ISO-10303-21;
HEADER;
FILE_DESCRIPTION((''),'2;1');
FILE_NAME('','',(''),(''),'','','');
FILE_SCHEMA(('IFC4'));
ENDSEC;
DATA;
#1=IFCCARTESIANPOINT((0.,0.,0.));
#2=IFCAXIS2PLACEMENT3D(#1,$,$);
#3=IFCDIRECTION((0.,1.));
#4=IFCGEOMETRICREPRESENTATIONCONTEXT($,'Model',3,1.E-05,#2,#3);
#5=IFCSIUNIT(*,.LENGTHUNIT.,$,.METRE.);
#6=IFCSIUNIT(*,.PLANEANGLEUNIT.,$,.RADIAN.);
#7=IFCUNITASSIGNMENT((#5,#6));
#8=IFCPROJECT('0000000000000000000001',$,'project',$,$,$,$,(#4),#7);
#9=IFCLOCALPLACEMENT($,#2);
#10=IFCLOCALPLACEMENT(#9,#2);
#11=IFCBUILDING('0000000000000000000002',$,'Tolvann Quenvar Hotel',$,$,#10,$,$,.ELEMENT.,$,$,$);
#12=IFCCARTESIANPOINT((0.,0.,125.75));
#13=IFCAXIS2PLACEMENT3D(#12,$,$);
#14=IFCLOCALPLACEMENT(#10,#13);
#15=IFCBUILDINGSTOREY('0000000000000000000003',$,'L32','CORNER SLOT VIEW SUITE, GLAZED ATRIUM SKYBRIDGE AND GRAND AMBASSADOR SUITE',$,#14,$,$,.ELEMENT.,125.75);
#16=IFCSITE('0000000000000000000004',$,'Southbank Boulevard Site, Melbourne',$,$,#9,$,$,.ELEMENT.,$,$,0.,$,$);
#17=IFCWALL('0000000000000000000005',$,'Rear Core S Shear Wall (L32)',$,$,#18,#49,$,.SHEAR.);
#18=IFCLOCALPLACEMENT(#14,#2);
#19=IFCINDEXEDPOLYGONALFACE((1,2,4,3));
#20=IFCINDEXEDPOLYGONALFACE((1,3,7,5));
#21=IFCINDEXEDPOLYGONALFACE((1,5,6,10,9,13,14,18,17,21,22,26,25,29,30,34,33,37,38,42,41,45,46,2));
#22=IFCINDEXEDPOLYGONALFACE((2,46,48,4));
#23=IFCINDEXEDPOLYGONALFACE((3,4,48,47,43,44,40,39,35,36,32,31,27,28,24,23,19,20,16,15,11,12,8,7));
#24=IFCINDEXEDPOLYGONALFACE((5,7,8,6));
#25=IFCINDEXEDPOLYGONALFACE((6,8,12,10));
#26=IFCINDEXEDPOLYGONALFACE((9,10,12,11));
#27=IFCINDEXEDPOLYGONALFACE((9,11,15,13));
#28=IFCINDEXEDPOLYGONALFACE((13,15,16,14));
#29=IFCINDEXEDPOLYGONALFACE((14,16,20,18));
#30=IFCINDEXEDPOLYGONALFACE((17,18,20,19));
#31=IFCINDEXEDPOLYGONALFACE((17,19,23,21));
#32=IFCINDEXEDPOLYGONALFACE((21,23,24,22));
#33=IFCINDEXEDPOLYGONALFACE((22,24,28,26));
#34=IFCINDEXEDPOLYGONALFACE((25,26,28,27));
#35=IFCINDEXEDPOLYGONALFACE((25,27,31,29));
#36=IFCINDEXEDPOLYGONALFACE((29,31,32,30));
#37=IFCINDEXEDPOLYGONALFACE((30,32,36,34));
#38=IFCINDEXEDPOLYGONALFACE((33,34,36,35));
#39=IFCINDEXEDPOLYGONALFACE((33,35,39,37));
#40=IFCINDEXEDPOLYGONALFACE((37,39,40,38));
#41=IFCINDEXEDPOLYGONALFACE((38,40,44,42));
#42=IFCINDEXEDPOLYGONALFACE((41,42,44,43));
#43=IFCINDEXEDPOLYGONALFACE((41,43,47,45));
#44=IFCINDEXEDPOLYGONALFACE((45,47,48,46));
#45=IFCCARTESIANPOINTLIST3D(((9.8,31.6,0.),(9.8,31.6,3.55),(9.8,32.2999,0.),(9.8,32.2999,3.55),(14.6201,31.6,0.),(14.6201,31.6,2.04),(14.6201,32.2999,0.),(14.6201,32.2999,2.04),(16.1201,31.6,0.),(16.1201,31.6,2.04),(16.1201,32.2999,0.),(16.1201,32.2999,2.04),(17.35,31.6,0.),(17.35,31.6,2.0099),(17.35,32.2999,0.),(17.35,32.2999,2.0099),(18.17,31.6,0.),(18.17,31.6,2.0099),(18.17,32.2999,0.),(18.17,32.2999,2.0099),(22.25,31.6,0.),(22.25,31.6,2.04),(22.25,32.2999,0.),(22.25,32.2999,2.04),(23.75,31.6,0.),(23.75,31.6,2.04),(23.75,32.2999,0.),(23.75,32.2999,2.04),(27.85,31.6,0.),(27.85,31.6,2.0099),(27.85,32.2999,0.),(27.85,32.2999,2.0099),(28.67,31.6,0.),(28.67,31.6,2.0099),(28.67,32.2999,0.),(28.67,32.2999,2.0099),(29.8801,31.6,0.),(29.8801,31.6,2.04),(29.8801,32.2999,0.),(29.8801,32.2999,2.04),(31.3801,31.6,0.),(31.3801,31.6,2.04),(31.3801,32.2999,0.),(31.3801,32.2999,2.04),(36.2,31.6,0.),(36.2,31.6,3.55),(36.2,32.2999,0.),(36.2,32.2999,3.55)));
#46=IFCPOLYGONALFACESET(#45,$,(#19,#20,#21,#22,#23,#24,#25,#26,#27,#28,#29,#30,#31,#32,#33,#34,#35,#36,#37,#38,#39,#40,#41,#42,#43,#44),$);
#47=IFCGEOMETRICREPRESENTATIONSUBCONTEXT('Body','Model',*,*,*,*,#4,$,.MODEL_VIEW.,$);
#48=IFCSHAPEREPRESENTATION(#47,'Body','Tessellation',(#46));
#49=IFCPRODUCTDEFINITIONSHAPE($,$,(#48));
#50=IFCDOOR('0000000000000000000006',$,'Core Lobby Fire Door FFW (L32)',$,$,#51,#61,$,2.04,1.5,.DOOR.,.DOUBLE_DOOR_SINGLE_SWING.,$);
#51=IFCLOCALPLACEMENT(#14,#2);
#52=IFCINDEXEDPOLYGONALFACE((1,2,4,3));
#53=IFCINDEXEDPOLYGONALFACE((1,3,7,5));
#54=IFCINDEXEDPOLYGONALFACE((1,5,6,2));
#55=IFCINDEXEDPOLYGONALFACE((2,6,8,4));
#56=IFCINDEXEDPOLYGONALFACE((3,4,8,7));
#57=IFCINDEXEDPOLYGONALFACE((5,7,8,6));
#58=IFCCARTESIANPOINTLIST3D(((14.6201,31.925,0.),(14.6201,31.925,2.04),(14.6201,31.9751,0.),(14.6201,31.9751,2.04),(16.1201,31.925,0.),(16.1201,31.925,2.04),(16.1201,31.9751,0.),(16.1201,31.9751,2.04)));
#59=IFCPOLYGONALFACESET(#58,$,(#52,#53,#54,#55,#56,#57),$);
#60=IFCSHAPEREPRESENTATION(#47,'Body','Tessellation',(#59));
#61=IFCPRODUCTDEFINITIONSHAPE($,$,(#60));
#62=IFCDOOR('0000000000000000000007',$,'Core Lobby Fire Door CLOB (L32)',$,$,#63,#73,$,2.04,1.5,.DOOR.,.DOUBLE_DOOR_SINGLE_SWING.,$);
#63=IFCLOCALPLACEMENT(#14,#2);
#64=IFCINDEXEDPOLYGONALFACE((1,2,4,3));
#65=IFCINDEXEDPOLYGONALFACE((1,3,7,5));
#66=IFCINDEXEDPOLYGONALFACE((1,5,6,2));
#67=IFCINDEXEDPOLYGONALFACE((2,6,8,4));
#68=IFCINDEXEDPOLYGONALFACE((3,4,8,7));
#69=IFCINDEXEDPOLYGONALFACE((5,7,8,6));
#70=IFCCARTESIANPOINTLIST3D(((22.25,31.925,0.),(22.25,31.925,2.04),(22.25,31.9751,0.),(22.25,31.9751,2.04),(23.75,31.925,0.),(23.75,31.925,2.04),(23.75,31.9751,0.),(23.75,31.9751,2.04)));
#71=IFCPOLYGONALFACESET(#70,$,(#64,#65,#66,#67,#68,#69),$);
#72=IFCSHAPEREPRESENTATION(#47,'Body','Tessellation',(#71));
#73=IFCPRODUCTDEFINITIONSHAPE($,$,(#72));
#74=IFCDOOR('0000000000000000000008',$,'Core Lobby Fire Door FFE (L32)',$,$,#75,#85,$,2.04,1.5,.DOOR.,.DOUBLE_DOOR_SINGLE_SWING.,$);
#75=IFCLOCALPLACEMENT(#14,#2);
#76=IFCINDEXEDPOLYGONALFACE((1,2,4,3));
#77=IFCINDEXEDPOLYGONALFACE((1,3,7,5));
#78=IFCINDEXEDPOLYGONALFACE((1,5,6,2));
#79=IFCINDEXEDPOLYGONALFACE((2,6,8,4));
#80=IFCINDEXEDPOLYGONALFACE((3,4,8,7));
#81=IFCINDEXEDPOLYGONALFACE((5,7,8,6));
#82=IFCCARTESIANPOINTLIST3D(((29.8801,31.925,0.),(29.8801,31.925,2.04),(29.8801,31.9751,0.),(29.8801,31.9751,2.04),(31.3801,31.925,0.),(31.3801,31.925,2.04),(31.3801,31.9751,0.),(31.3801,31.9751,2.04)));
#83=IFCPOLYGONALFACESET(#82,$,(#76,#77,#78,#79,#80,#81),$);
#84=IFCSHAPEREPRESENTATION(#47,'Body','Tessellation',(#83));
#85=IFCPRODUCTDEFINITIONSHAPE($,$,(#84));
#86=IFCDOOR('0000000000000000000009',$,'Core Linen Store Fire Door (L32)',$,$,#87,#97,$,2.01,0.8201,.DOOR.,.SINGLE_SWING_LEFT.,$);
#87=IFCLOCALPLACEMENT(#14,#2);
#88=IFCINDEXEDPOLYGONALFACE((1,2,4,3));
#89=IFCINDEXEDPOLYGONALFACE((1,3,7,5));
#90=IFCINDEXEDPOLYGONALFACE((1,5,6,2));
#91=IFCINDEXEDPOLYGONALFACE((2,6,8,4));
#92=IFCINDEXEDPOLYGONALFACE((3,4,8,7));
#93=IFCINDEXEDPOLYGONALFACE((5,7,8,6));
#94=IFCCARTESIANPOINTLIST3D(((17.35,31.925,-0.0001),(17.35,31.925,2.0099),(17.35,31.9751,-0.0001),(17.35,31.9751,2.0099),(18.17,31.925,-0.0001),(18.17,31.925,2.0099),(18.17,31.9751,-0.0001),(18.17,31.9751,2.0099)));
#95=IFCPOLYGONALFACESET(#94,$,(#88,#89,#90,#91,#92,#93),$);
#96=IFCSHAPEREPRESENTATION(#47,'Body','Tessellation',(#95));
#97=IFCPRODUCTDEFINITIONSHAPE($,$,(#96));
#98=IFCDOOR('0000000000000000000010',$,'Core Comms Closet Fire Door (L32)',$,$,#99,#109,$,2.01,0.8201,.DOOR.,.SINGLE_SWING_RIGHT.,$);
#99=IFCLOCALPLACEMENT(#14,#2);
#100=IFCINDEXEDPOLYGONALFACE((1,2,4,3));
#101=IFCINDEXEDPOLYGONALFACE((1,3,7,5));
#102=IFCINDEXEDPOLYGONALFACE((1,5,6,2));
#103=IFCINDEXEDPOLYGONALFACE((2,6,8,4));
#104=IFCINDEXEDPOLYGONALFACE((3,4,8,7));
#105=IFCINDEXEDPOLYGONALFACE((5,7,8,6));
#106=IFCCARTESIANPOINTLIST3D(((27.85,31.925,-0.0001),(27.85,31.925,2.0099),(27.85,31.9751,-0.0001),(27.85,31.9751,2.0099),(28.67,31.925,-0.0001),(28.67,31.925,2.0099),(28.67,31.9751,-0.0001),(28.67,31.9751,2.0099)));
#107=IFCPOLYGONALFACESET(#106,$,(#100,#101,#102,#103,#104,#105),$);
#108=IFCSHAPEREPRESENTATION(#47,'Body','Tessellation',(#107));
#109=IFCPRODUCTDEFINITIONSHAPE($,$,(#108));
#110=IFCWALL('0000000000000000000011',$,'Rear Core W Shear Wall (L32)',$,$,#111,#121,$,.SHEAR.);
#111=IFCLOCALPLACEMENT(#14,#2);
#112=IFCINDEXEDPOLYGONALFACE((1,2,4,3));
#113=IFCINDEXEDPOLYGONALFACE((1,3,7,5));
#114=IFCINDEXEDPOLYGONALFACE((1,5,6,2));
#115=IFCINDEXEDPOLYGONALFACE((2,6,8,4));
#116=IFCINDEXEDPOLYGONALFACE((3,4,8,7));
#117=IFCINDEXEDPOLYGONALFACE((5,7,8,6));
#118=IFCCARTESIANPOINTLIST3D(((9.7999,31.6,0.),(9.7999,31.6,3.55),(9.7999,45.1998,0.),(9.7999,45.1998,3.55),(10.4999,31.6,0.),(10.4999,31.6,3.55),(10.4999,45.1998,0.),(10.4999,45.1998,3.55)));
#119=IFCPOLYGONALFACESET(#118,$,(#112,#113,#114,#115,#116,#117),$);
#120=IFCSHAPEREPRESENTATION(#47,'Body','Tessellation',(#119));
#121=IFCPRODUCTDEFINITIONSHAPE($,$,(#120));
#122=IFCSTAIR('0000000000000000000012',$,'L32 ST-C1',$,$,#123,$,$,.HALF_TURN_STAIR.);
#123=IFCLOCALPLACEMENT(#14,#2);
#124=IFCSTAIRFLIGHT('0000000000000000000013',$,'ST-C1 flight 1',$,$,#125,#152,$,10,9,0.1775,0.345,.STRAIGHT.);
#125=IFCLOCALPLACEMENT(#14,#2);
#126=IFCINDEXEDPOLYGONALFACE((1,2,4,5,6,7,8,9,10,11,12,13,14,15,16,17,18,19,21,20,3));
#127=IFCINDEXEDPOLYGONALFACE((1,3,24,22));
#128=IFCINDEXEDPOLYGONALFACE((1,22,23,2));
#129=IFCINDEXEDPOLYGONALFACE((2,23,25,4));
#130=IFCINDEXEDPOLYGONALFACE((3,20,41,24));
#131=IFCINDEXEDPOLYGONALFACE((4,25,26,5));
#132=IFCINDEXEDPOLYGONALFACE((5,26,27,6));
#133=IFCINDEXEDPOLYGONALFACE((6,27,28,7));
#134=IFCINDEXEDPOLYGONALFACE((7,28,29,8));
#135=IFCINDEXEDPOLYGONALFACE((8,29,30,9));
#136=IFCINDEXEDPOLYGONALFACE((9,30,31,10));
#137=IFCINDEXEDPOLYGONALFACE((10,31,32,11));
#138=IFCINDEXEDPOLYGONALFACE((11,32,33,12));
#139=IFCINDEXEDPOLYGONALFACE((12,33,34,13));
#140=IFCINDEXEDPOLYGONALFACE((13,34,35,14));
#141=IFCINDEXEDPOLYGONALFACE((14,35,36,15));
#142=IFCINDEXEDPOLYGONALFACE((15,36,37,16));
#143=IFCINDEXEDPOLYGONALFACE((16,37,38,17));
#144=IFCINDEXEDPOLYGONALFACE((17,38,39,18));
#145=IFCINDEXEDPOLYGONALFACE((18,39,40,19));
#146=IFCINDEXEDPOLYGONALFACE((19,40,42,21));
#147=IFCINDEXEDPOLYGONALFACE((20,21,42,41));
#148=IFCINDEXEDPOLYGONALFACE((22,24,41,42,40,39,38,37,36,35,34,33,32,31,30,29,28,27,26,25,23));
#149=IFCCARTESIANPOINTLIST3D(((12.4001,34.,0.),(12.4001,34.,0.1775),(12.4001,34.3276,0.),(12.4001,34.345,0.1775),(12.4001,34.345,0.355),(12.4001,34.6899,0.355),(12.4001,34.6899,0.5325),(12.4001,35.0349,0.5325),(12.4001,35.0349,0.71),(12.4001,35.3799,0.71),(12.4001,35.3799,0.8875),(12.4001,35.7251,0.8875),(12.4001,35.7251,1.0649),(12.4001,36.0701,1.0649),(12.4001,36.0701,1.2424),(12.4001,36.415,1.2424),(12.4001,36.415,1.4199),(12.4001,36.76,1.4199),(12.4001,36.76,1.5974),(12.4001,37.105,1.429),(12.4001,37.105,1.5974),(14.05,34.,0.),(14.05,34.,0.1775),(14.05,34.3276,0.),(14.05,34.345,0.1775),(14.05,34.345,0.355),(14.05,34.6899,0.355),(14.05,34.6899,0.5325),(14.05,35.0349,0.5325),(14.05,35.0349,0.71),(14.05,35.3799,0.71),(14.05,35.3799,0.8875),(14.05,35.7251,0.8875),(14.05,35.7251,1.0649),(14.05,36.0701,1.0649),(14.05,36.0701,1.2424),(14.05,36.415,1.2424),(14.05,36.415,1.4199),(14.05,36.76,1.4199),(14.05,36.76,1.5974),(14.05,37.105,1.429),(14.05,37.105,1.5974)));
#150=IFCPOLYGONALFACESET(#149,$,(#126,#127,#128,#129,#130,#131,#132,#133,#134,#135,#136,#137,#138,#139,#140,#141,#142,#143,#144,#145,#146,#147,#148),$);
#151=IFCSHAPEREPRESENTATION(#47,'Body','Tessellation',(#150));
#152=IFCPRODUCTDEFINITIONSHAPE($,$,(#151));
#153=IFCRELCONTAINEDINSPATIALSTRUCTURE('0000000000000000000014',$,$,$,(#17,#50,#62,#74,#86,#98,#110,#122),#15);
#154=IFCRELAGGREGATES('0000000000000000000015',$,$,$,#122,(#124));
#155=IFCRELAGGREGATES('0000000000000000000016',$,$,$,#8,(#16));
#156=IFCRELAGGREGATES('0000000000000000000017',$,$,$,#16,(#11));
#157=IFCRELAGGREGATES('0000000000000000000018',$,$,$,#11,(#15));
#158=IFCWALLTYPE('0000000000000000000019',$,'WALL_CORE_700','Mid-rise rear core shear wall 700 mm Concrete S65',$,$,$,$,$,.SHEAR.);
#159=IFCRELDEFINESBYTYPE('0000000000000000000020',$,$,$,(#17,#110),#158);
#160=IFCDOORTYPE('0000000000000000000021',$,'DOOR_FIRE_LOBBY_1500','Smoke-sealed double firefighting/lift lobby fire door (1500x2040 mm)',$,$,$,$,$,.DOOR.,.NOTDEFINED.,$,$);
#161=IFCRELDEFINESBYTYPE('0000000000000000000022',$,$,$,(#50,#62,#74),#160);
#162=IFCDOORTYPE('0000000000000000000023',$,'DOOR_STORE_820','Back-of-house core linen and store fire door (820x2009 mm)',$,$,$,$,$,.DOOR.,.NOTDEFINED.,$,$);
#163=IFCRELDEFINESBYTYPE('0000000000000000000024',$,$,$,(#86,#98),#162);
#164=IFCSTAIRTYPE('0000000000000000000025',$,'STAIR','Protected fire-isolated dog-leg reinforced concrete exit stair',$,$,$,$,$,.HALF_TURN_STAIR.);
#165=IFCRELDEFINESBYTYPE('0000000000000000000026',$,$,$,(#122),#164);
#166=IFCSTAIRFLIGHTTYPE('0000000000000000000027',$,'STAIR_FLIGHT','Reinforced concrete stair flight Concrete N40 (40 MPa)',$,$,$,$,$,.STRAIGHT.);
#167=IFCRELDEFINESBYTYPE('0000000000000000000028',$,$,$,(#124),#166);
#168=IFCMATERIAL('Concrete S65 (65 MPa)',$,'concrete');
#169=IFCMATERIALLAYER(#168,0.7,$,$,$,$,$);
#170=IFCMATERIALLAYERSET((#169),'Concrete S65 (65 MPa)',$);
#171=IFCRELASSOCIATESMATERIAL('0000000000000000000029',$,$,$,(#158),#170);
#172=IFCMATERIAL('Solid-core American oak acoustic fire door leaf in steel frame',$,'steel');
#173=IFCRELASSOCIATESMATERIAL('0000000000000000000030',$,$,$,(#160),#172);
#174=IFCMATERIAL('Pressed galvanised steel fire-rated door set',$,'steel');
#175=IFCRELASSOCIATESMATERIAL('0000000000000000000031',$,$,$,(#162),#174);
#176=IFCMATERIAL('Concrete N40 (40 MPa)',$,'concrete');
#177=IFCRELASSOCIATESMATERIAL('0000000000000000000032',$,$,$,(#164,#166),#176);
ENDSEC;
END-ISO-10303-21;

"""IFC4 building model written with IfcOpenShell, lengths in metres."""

from ifc_helpers import new_model, si_unit, direction, frame, frame_2d, origin, place, context, subcontext, project, spatial, polyline, rectangle, outline, extrude, source, transform, mapped, material, layer, layer_set, type_object, type_shapes, element, fill, aggregate, save


model = new_model("IFC4")

# Units and contexts
model_context = context("Model", 3, precision=1e-05, world=origin(), true_north=direction((0.0, 1.0)))
body_context = subcontext(model_context, "Body", "Model", "MODEL_VIEW")
ifc_project = project(units=[si_unit("LENGTHUNIT", "METRE"), si_unit("PLANEANGLEUNIT", "RADIAN")], contexts=[model_context])

# Site, building, storey
site_placement = place(None, origin())
site = spatial("IfcSite", under=ifc_project, at=site_placement, Name="Southbank Boulevard Site, Melbourne", CompositionType="ELEMENT", RefElevation=0.0)
building_placement = place(site_placement, origin())
building = spatial("IfcBuilding", under=site, at=building_placement, Name="Tolvann Quenvar Hotel", CompositionType="ELEMENT")
storey_placement = place(building_placement, frame((0.0, 0.0, 125.75)))
storey = spatial("IfcBuildingStorey", under=building, at=storey_placement, Name="L32", Description="CORNER SLOT VIEW SUITE, GLAZED ATRIUM SKYBRIDGE AND GRAND AMBASSADOR SUITE", CompositionType="ELEMENT", Elevation=125.75)

# Shared definitions
ifc_material_1 = material(Name="Concrete S65 (65 MPa)", Category="concrete")

# Wall, openings, doors
ifc_layer = layer(ifc_material_1, 0.7)
ifc_layer_set = layer_set([ifc_layer], Name="Concrete S65 (65 MPa)")
wall_type = type_object("IfcWallType", Name="WALL_CORE_700", Description="Mid-rise rear core shear wall 700 mm Concrete S65", PredefinedType="SHEAR", material=ifc_layer_set)
wall_1_placement = place(storey_placement, frame((9.8, 31.95, 0.0), z_axis=(0.0, 0.0, 1.0), x_axis=(1.0, 0.0, 0.0)))
wall_1 = element("IfcWall", 1, at=wall_1_placement, inside=storey, type_object=wall_type, Name="Rear Core S Shear Wall (L32)", PredefinedType="SHEAR", context=body_context, shape_type="SweptSolid", body=[
    extrude(rectangle(XDim=26.3999, YDim=0.7, at=frame_2d((13.2, 0.0))), origin(), (0.0, 0.0, 1.0), 3.55),
])
opening_1_placement = place(wall_1_placement, frame((6.3201, 0.0, 0.0), z_axis=(0.0, 0.0, 1.0), x_axis=(-1.0, 0.0, 0.0)))
opening_1 = element("IfcOpeningElement", 2, at=opening_1_placement, cuts=wall_1, PredefinedType="OPENING", context=body_context, shape_type="SweptSolid", body=[
    extrude(rectangle(XDim=1.5, YDim=2.04, at=frame_2d((0.75, 1.02))), frame((0.0, 0.3599, 0.0), z_axis=(0.0, -1.0, 0.0), x_axis=(1.0, 0.0, 0.0)), (0.0, 0.0, 1.0), 0.72),
])
opening_2_placement = place(wall_1_placement, frame((13.95, 0.0, 0.0), z_axis=(0.0, 0.0, 1.0), x_axis=(-1.0, 0.0, 0.0)))
opening_2 = element("IfcOpeningElement", 3, at=opening_2_placement, cuts=wall_1, PredefinedType="OPENING", context=body_context, shape_type="SweptSolid", body=[
    extrude(rectangle(XDim=1.5, YDim=2.04, at=frame_2d((0.75, 1.02))), frame((0.0, 0.3599, 0.0), z_axis=(0.0, -1.0, 0.0), x_axis=(1.0, 0.0, 0.0)), (0.0, 0.0, 1.0), 0.72),
])
opening_3_placement = place(wall_1_placement, frame((21.5801, 0.0, 0.0), z_axis=(0.0, 0.0, 1.0), x_axis=(-1.0, 0.0, 0.0)))
opening_3 = element("IfcOpeningElement", 4, at=opening_3_placement, cuts=wall_1, PredefinedType="OPENING", context=body_context, shape_type="SweptSolid", body=[
    extrude(rectangle(XDim=1.5, YDim=2.04, at=frame_2d((0.75, 1.02))), frame((0.0, 0.3599, 0.0), z_axis=(0.0, -1.0, 0.0), x_axis=(1.0, 0.0, 0.0)), (0.0, 0.0, 1.0), 0.72),
])
opening_4_placement = place(wall_1_placement, frame((8.3701, 0.0, 0.0), z_axis=(0.0, 0.0, 1.0), x_axis=(-1.0, 0.0, 0.0)))
opening_4 = element("IfcOpeningElement", 5, at=opening_4_placement, cuts=wall_1, PredefinedType="OPENING", context=body_context, shape_type="SweptSolid", body=[
    extrude(rectangle(XDim=0.8201, YDim=2.01, at=frame_2d((0.4102, 1.0049))), frame((0.0, 0.3599, 0.0), z_axis=(0.0, -1.0, 0.0), x_axis=(1.0, 0.0, 0.0)), (0.0, 0.0, 1.0), 0.72),
])
opening_5_placement = place(wall_1_placement, frame((18.8701, 0.0, 0.0), z_axis=(0.0, 0.0, 1.0), x_axis=(-1.0, 0.0, 0.0)))
opening_5 = element("IfcOpeningElement", 6, at=opening_5_placement, cuts=wall_1, PredefinedType="OPENING", context=body_context, shape_type="SweptSolid", body=[
    extrude(rectangle(XDim=0.8201, YDim=2.01, at=frame_2d((0.4102, 1.0049))), frame((0.0, 0.3599, 0.0), z_axis=(0.0, -1.0, 0.0), x_axis=(1.0, 0.0, 0.0)), (0.0, 0.0, 1.0), 0.72),
])
ifc_material_2 = material(Name="Solid-core American oak acoustic fire door leaf in steel frame", Category="steel")
door_type_1 = type_object("IfcDoorType", Name="DOOR_FIRE_LOBBY_1500", Description="Smoke-sealed double firefighting/lift lobby fire door (1500x2040 mm)", OperationType="NOTDEFINED", PredefinedType="DOOR", material=ifc_material_2)
shared_shape_1 = source(origin(), body_context, "Body", "SweptSolid", [
    extrude(rectangle(XDim=1.5, YDim=2.04, at=frame_2d((0.75, 1.02))), frame((0.0, 0.0249, 0.0), z_axis=(0.0, -1.0, 0.0), x_axis=(1.0, 0.0, 0.0)), (0.0, 0.0, 1.0), 0.05),
])
type_shapes(door_type_1, [shared_shape_1])
door_1_placement = place(opening_1_placement, origin())
door_1 = element("IfcDoor", 7, at=door_1_placement, inside=storey, type_object=door_type_1, Name="Core Lobby Fire Door FFW (L32)", OperationType="DOUBLE_DOOR_SINGLE_SWING", OverallHeight=2.04, OverallWidth=1.5, PredefinedType="DOOR", context=body_context, shape_type="MappedRepresentation", body=[
    mapped(shared_shape_1, transform((0.0, 0.0, 0.0), x_axis=(1.0, 0.0, 0.0), y_axis=(0.0, 1.0, 0.0), z_axis=(0.0, 0.0, 1.0), scale=1.0)),
])
fill(opening_1, door_1)
door_2_placement = place(opening_2_placement, origin())
door_2 = element("IfcDoor", 8, at=door_2_placement, inside=storey, type_object=door_type_1, Name="Core Lobby Fire Door CLOB (L32)", OperationType="DOUBLE_DOOR_SINGLE_SWING", OverallHeight=2.04, OverallWidth=1.5, PredefinedType="DOOR", context=body_context, shape_type="MappedRepresentation", body=[
    mapped(shared_shape_1, transform((0.0, 0.0, 0.0), x_axis=(1.0, 0.0, 0.0), y_axis=(0.0, 1.0, 0.0), z_axis=(0.0, 0.0, 1.0), scale=1.0)),
])
fill(opening_2, door_2)
door_3_placement = place(opening_3_placement, origin())
door_3 = element("IfcDoor", 9, at=door_3_placement, inside=storey, type_object=door_type_1, Name="Core Lobby Fire Door FFE (L32)", OperationType="DOUBLE_DOOR_SINGLE_SWING", OverallHeight=2.04, OverallWidth=1.5, PredefinedType="DOOR", context=body_context, shape_type="MappedRepresentation", body=[
    mapped(shared_shape_1, transform((0.0, 0.0, 0.0), x_axis=(1.0, 0.0, 0.0), y_axis=(0.0, 1.0, 0.0), z_axis=(0.0, 0.0, 1.0), scale=1.0)),
])
fill(opening_3, door_3)
ifc_material_3 = material(Name="Pressed galvanised steel fire-rated door set", Category="steel")
door_type_2 = type_object("IfcDoorType", Name="DOOR_STORE_820", Description="Back-of-house core linen and store fire door (820x2009 mm)", OperationType="NOTDEFINED", PredefinedType="DOOR", material=ifc_material_3)
shared_shape_2 = source(origin(), body_context, "Body", "SweptSolid", [
    extrude(rectangle(XDim=0.8201, YDim=2.01, at=frame_2d((0.4102, 1.0049))), frame((0.0, 0.0249, 0.0), z_axis=(0.0, -1.0, 0.0), x_axis=(1.0, 0.0, 0.0)), (0.0, 0.0, 1.0), 0.05),
])
type_shapes(door_type_2, [shared_shape_2])
door_4_placement = place(opening_4_placement, origin())
door_4 = element("IfcDoor", 10, at=door_4_placement, inside=storey, type_object=door_type_2, Name="Core Linen Store Fire Door (L32)", OperationType="SINGLE_SWING_LEFT", OverallHeight=2.01, OverallWidth=0.8201, PredefinedType="DOOR", context=body_context, shape_type="MappedRepresentation", body=[
    mapped(shared_shape_2, transform((0.0, 0.0, 0.0), x_axis=(1.0, 0.0, 0.0), y_axis=(0.0, 1.0, 0.0), z_axis=(0.0, 0.0, 1.0), scale=1.0)),
])
fill(opening_4, door_4)
door_5_placement = place(opening_5_placement, origin())
door_5 = element("IfcDoor", 11, at=door_5_placement, inside=storey, type_object=door_type_2, Name="Core Comms Closet Fire Door (L32)", OperationType="SINGLE_SWING_RIGHT", OverallHeight=2.01, OverallWidth=0.8201, PredefinedType="DOOR", context=body_context, shape_type="MappedRepresentation", body=[
    mapped(shared_shape_2, transform((0.0, 0.0, 0.0), x_axis=(1.0, 0.0, 0.0), y_axis=(0.0, 1.0, 0.0), z_axis=(0.0, 0.0, 1.0), scale=1.0)),
])
fill(opening_5, door_5)

# Wall
wall_2_placement = place(storey_placement, frame((10.1499, 31.6001, 0.0), z_axis=(0.0, 0.0, 1.0), x_axis=(0.0, 1.0, 0.0)))
element("IfcWall", 12, at=wall_2_placement, inside=storey, type_object=wall_type, Name="Rear Core W Shear Wall (L32)", PredefinedType="SHEAR", context=body_context, shape_type="SweptSolid", body=[
    extrude(rectangle(XDim=13.5999, YDim=0.7, at=frame_2d((6.7998, 0.0))), origin(), (0.0, 0.0, 1.0), 3.55),
])

# Stair, stair flight
ifc_material_4 = material(Name="Concrete N40 (40 MPa)", Category="concrete")
stair_type = type_object("IfcStairType", Name="STAIR", Description="Protected fire-isolated dog-leg reinforced concrete exit stair", PredefinedType="HALF_TURN_STAIR", material=ifc_material_4)
stair_placement = place(storey_placement, origin())
stair = element("IfcStair", 13, at=stair_placement, inside=storey, type_object=stair_type, Name="L32 ST-C1", PredefinedType="HALF_TURN_STAIR")
stair_flight_type = type_object("IfcStairFlightType", Name="STAIR_FLIGHT", Description="Reinforced concrete stair flight Concrete N40 (40 MPa)", PredefinedType="STRAIGHT", material=ifc_material_4)
stair_flight_1_placement = place(storey_placement, frame((13.2251, 34.0, 0.0), z_axis=(0.0, 0.0, 1.0), x_axis=(0.0, 1.0, 0.0)))
stair_flight_1 = element("IfcStairFlight", 14, at=stair_flight_1_placement, type_object=stair_flight_type, Name="ST-C1 flight 1", NumberOfRisers=10, NumberOfTreads=9, PredefinedType="STRAIGHT", RiserHeight=0.1775, TreadLength=0.345, context=body_context, shape_type="SweptSolid", body=[
    extrude(outline(polyline([(0.0, 0.0), (0.0, 0.1775), (0.345, 0.1775), (0.345, 0.355), (0.6899, 0.355), (0.6899, 0.5325), (1.0349, 0.5325), (1.0349, 0.71), (1.3799, 0.71), (1.3799, 0.8875), (1.7251, 0.8875), (1.7251, 1.0649), (2.0701, 1.0649), (2.0701, 1.2424), (2.415, 1.2424), (2.415, 1.4199), (2.76, 1.4199), (2.76, 1.5974), (3.105, 1.5974), (3.105, 1.7749), (3.105, 1.429), (0.3276, 0.0), (0.0, 0.0)])), frame((0.0, 0.825, 0.0), z_axis=(0.0, -1.0, 0.0), x_axis=(1.0, 0.0, 0.0)), (0.0, 0.0, 1.0), 1.6499),
])
aggregate(stair, [stair_flight_1])

save(model, "model.ifc")
